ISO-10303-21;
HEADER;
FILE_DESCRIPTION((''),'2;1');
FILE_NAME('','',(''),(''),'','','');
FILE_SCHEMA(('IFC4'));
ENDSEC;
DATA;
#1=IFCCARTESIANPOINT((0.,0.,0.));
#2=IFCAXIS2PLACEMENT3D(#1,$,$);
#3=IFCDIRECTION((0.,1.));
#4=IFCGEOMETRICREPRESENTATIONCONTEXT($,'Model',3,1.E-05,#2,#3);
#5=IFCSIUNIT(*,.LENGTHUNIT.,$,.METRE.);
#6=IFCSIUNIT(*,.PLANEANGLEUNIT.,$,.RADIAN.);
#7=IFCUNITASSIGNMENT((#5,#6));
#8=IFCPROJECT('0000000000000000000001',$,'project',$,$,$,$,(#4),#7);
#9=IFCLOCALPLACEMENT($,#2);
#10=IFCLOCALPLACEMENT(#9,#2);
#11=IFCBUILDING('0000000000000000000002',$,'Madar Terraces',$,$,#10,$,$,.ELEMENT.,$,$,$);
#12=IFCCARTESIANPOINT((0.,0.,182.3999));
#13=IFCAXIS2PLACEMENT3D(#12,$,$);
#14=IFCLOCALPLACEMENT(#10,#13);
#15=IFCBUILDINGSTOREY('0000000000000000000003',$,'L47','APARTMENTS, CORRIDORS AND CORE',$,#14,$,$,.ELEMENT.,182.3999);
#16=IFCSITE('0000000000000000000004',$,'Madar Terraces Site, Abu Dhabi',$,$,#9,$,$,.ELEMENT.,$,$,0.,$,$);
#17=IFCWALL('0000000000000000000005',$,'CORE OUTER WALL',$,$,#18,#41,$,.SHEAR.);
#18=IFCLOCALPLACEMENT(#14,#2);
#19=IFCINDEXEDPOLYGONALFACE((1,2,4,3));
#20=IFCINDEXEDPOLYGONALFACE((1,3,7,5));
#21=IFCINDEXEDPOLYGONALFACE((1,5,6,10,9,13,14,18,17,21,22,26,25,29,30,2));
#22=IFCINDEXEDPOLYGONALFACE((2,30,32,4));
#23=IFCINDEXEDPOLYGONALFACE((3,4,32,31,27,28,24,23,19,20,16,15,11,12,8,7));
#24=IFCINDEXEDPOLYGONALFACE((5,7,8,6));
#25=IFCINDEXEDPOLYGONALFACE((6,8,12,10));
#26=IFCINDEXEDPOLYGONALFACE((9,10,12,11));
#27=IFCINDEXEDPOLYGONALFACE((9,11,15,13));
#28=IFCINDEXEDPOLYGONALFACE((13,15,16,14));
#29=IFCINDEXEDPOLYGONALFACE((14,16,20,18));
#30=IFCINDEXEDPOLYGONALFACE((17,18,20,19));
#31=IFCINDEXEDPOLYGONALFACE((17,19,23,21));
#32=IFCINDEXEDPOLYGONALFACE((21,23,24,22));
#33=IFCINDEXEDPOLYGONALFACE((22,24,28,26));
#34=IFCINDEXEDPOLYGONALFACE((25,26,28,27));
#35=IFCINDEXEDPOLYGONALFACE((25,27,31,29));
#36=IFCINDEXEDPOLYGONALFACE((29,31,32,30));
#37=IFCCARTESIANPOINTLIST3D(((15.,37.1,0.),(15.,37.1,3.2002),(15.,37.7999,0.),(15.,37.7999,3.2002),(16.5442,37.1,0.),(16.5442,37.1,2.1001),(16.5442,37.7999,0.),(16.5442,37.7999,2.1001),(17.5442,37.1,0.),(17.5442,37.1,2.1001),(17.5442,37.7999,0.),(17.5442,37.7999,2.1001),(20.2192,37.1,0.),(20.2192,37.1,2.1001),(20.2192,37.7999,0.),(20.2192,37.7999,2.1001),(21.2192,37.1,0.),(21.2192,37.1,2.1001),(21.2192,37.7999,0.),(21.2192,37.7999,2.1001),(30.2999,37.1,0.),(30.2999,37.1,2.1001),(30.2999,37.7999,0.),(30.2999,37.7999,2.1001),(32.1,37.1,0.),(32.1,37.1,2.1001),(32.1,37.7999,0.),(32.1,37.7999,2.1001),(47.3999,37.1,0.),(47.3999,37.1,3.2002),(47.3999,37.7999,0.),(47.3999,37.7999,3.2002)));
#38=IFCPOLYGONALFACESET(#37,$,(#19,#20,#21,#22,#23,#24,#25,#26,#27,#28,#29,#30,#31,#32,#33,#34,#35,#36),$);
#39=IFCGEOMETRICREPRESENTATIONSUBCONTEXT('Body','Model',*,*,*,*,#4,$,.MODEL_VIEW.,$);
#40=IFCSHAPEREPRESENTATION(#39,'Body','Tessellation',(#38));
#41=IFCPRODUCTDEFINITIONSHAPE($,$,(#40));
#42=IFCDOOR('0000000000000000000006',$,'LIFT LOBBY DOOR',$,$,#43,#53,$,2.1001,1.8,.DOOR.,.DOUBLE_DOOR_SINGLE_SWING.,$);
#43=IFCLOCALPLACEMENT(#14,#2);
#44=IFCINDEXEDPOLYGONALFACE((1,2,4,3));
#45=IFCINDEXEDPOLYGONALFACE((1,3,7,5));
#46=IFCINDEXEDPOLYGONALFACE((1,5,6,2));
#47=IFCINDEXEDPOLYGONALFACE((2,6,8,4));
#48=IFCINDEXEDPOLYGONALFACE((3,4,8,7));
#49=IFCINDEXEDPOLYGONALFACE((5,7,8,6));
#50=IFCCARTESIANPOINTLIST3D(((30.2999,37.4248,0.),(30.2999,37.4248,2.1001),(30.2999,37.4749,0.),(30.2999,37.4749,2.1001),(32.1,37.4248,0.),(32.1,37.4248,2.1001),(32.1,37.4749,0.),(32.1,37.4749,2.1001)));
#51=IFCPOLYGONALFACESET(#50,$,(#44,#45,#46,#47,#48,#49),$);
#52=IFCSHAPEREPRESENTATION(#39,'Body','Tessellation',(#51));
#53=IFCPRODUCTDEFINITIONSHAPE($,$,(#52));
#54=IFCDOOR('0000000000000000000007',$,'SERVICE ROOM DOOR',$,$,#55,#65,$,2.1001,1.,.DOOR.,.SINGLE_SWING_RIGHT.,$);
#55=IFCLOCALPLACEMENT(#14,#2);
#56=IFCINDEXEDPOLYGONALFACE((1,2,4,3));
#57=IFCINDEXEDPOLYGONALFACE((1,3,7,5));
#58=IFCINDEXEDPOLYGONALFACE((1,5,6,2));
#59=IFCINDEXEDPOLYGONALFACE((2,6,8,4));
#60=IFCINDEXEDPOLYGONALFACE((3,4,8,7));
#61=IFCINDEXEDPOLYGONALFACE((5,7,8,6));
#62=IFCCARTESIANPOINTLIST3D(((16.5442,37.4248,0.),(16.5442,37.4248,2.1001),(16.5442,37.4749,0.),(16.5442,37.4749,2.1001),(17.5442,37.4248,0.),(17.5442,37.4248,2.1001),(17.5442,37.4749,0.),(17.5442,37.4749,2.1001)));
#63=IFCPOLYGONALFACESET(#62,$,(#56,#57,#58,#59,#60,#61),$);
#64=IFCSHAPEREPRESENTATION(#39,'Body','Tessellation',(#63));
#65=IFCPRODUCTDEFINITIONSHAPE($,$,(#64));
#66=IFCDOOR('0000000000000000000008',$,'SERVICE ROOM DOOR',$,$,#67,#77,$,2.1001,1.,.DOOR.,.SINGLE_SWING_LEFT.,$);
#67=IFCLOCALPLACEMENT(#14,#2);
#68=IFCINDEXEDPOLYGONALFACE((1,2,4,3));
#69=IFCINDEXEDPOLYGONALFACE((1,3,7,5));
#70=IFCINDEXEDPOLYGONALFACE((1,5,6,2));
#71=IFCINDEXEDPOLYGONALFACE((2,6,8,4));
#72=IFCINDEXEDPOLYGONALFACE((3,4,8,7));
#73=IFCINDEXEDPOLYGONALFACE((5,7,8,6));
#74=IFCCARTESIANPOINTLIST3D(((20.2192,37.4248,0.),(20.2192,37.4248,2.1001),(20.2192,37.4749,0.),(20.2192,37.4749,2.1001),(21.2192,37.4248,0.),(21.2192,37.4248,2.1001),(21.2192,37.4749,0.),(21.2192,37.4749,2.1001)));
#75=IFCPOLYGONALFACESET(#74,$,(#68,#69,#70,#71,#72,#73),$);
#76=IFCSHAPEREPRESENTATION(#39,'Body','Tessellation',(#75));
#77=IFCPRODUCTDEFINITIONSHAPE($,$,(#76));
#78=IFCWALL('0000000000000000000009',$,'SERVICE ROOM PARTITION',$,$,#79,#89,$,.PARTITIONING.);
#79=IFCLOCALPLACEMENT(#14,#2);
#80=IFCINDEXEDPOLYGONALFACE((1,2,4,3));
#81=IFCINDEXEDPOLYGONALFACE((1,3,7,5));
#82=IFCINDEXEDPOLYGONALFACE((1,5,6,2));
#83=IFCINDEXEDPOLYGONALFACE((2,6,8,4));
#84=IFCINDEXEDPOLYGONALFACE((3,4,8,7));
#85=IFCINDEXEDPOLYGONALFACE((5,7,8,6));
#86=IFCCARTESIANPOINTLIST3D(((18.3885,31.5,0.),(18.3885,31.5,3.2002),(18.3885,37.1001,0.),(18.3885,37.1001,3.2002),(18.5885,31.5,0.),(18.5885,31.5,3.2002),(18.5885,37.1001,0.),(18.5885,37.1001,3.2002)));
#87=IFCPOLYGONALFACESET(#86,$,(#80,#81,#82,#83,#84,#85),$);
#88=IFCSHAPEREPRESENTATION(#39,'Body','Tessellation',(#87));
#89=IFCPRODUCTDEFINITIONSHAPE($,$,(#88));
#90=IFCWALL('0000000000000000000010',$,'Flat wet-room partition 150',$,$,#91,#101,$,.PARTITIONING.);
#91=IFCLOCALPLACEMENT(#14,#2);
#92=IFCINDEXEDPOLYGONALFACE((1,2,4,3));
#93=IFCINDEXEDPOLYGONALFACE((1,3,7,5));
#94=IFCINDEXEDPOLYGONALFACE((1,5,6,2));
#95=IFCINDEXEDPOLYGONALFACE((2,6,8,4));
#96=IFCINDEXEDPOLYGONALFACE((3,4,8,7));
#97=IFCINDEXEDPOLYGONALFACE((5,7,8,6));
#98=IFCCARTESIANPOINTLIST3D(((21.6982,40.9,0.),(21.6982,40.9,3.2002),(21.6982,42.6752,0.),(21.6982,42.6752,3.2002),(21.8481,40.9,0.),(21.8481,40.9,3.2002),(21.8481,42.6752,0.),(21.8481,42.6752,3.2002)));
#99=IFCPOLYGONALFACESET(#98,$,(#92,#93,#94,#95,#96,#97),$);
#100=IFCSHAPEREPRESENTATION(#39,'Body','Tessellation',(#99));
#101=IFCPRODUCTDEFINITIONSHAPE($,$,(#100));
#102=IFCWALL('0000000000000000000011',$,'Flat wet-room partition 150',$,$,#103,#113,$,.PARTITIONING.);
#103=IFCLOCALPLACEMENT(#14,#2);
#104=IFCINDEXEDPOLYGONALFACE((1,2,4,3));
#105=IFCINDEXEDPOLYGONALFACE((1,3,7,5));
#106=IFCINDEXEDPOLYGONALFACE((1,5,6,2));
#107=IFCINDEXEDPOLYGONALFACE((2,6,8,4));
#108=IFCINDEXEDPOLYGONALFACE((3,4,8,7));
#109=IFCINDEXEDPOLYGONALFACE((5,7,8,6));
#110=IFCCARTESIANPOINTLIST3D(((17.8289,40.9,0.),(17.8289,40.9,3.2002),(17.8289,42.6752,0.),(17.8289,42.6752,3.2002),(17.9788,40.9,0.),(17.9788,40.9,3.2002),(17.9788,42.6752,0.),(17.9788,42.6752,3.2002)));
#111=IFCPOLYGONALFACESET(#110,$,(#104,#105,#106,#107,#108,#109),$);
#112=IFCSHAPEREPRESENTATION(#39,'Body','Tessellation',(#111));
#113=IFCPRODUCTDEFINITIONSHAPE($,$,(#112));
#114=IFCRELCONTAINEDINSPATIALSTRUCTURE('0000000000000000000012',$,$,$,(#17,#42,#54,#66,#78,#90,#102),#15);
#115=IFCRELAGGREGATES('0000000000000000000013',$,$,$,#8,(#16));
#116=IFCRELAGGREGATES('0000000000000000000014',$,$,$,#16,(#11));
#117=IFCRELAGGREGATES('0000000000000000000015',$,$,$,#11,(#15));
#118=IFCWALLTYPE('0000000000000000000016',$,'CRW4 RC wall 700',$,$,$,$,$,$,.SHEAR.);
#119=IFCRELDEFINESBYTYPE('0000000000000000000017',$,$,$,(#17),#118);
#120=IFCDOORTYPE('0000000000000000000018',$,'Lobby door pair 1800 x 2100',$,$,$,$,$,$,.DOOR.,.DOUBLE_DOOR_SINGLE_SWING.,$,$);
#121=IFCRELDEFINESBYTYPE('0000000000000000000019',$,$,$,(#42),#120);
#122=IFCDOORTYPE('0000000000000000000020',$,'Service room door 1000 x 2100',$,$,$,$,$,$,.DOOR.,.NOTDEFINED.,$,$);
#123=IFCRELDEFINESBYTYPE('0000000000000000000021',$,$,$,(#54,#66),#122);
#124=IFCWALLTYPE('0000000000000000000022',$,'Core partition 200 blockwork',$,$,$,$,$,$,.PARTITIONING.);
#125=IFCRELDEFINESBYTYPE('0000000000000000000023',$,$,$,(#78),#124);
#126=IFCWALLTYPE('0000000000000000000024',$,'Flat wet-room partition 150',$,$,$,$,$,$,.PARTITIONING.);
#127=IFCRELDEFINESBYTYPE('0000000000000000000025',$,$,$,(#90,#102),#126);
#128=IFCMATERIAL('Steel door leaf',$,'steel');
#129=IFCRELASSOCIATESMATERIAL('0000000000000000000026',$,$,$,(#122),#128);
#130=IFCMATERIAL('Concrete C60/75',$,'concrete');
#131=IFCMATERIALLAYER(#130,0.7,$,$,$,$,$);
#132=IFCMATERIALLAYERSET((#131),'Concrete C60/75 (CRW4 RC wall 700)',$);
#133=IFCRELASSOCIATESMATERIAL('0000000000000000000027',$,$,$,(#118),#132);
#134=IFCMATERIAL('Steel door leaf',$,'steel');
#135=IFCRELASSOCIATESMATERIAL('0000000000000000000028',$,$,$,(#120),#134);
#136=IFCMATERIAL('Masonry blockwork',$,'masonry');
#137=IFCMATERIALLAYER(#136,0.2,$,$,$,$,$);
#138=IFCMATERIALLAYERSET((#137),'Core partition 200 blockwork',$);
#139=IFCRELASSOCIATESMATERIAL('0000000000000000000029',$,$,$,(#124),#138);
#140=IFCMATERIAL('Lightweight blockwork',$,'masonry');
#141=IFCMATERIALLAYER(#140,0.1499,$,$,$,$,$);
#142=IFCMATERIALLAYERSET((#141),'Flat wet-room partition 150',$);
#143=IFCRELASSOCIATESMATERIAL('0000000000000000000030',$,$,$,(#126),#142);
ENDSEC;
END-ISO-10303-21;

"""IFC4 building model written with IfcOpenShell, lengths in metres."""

from ifc_helpers import new_model, si_unit, direction, frame, frame_2d, origin, place, context, subcontext, project, spatial, rectangle, extrude, material, layer, layer_set, type_object, element, fill, save


model = new_model("IFC4")

# Units and contexts
model_context = context("Model", 3, precision=1e-05, world=origin(), true_north=direction((0.0, 1.0)))
body_context = subcontext(model_context, "Body", "Model", "MODEL_VIEW")
ifc_project = project(units=[si_unit("LENGTHUNIT", "METRE"), si_unit("PLANEANGLEUNIT", "RADIAN")], contexts=[model_context])

# Site, building, storey
site_placement = place(None, origin())
site = spatial("IfcSite", under=ifc_project, at=site_placement, Name="Madar Terraces Site, Abu Dhabi", CompositionType="ELEMENT", RefElevation=0.0)
building_placement = place(site_placement, origin())
building = spatial("IfcBuilding", under=site, at=building_placement, Name="Madar Terraces", CompositionType="ELEMENT")
storey_placement = place(building_placement, frame((0.0, 0.0, 182.3999)))
storey = spatial("IfcBuildingStorey", under=building, at=storey_placement, Name="L47", Description="APARTMENTS, CORRIDORS AND CORE", CompositionType="ELEMENT", Elevation=182.3999)

# Shared definitions
ifc_material_1 = material(Name="Steel door leaf", Category="steel")
door_type_1 = type_object("IfcDoorType", Name="Service room door 1000 x 2100", OperationType="NOTDEFINED", PredefinedType="DOOR", material=ifc_material_1)

# Wall, openings, doors
ifc_material_2 = material(Name="Concrete C60/75", Category="concrete")
ifc_layer_1 = layer(ifc_material_2, 0.7)
ifc_layer_set_1 = layer_set([ifc_layer_1], Name="Concrete C60/75 (CRW4 RC wall 700)")
wall_type_1 = type_object("IfcWallType", Name="CRW4 RC wall 700", PredefinedType="SHEAR", material=ifc_layer_set_1)
wall_1_placement = place(storey_placement, frame((15.0, 37.45, 0.0), z_axis=(0.0, 0.0, 1.0), x_axis=(1.0, 0.0, 0.0)))
wall_1 = element("IfcWall", 1, at=wall_1_placement, inside=storey, type_object=wall_type_1, Name="CORE OUTER WALL", PredefinedType="SHEAR", context=body_context, shape_type="SweptSolid", body=[
    extrude(rectangle(XDim=32.3999, YDim=0.7, at=frame_2d((16.2, 0.0))), origin(), (0.0, 0.0, 1.0), 3.2002),
])
opening_1_placement = place(wall_1_placement, frame((15.3, 0.0, 0.0)))
opening_1 = element("IfcOpeningElement", 2, at=opening_1_placement, cuts=wall_1, PredefinedType="OPENING", context=body_context, shape_type="SweptSolid", body=[
    extrude(rectangle(XDim=1.8, YDim=2.1001, at=frame_2d((0.8999, 1.05))), frame((0.0, 0.3599, 0.0), z_axis=(0.0, -1.0, 0.0), x_axis=(1.0, 0.0, 0.0)), (0.0, 0.0, 1.0), 0.72),
])
opening_2_placement = place(wall_1_placement, frame((1.5442, 0.0, 0.0)))
opening_2 = element("IfcOpeningElement", 3, at=opening_2_placement, cuts=wall_1, PredefinedType="OPENING", context=body_context, shape_type="SweptSolid", body=[
    extrude(rectangle(XDim=1.0, YDim=2.1001, at=frame_2d((0.5, 1.05))), frame((0.0, 0.3599, 0.0), z_axis=(0.0, -1.0, 0.0), x_axis=(1.0, 0.0, 0.0)), (0.0, 0.0, 1.0), 0.72),
])
opening_3_placement = place(wall_1_placement, frame((5.2192, 0.0, 0.0)))
opening_3 = element("IfcOpeningElement", 4, at=opening_3_placement, cuts=wall_1, PredefinedType="OPENING", context=body_context, shape_type="SweptSolid", body=[
    extrude(rectangle(XDim=1.0, YDim=2.1001, at=frame_2d((0.5, 1.05))), frame((0.0, 0.3599, 0.0), z_axis=(0.0, -1.0, 0.0), x_axis=(1.0, 0.0, 0.0)), (0.0, 0.0, 1.0), 0.72),
])
ifc_material_3 = material(Name="Steel door leaf", Category="steel")
door_type_2 = type_object("IfcDoorType", Name="Lobby door pair 1800 x 2100", OperationType="DOUBLE_DOOR_SINGLE_SWING", PredefinedType="DOOR", material=ifc_material_3)
door_1_placement = place(opening_1_placement, origin())
door_1 = element("IfcDoor", 5, at=door_1_placement, inside=storey, type_object=door_type_2, Name="LIFT LOBBY DOOR", OperationType="DOUBLE_DOOR_SINGLE_SWING", OverallHeight=2.1001, OverallWidth=1.8, PredefinedType="DOOR", context=body_context, shape_type="SweptSolid", body=[
    extrude(rectangle(XDim=1.8, YDim=2.1001, at=frame_2d((0.8999, 1.05))), frame((0.0, 0.0249, 0.0), z_axis=(0.0, -1.0, 0.0), x_axis=(1.0, 0.0, 0.0)), (0.0, 0.0, 1.0), 0.05),
])
fill(opening_1, door_1)
door_2_placement = place(opening_2_placement, origin())
door_2 = element("IfcDoor", 6, at=door_2_placement, inside=storey, type_object=door_type_1, Name="SERVICE ROOM DOOR", OperationType="SINGLE_SWING_RIGHT", OverallHeight=2.1001, OverallWidth=1.0, PredefinedType="DOOR", context=body_context, shape_type="SweptSolid", body=[
    extrude(rectangle(XDim=1.0, YDim=2.1001, at=frame_2d((0.5, 1.05))), frame((0.0, 0.0249, 0.0), z_axis=(0.0, -1.0, 0.0), x_axis=(1.0, 0.0, 0.0)), (0.0, 0.0, 1.0), 0.05),
])
fill(opening_2, door_2)
door_3_placement = place(opening_3_placement, origin())
door_3 = element("IfcDoor", 7, at=door_3_placement, inside=storey, type_object=door_type_1, Name="SERVICE ROOM DOOR", OperationType="SINGLE_SWING_LEFT", OverallHeight=2.1001, OverallWidth=1.0, PredefinedType="DOOR", context=body_context, shape_type="SweptSolid", body=[
    extrude(rectangle(XDim=1.0, YDim=2.1001, at=frame_2d((0.5, 1.05))), frame((0.0, 0.0249, 0.0), z_axis=(0.0, -1.0, 0.0), x_axis=(1.0, 0.0, 0.0)), (0.0, 0.0, 1.0), 0.05),
])
fill(opening_3, door_3)

# Walls
ifc_material_4 = material(Name="Masonry blockwork", Category="masonry")
ifc_layer_2 = layer(ifc_material_4, 0.2)
ifc_layer_set_2 = layer_set([ifc_layer_2], Name="Core partition 200 blockwork")
wall_type_2 = type_object("IfcWallType", Name="Core partition 200 blockwork", PredefinedType="PARTITIONING", material=ifc_layer_set_2)
wall_2_placement = place(storey_placement, frame((18.4885, 31.5, 0.0), z_axis=(0.0, 0.0, 1.0), x_axis=(0.0, 1.0, 0.0)))
element("IfcWall", 8, at=wall_2_placement, inside=storey, type_object=wall_type_2, Name="SERVICE ROOM PARTITION", PredefinedType="PARTITIONING", context=body_context, shape_type="SweptSolid", body=[
    extrude(rectangle(XDim=5.6001, YDim=0.2, at=frame_2d((2.8, 0.0))), origin(), (0.0, 0.0, 1.0), 3.2002),
])
ifc_material_5 = material(Name="Lightweight blockwork", Category="masonry")
ifc_layer_3 = layer(ifc_material_5, 0.1499)
ifc_layer_set_3 = layer_set([ifc_layer_3], Name="Flat wet-room partition 150")
wall_type_3 = type_object("IfcWallType", Name="Flat wet-room partition 150", PredefinedType="PARTITIONING", material=ifc_layer_set_3)
for number, where, z_axis, x_axis, name in (
    (9, (21.7732, 40.8999, 0.0), (0.0, 0.0, 1.0), (0.0, 1.0, 0.0), "Flat wet-room partition 150"),
    (10, (17.9038, 40.8999, 0.0), (0.0, 0.0, 1.0), (0.0, 1.0, 0.0), "Flat wet-room partition 150"),
):
    element("IfcWall", number, at=place(storey_placement, frame(where, z_axis=z_axis, x_axis=x_axis)), inside=storey, type_object=wall_type_3, Name=name, PredefinedType="PARTITIONING", context=body_context, shape_type="SweptSolid", body=[
        extrude(rectangle(XDim=1.7751, YDim=0.1499, at=frame_2d((0.8877, 0.0))), origin(), (0.0, 0.0, 1.0), 3.2002),
    ])

save(model, "model.ifc")
